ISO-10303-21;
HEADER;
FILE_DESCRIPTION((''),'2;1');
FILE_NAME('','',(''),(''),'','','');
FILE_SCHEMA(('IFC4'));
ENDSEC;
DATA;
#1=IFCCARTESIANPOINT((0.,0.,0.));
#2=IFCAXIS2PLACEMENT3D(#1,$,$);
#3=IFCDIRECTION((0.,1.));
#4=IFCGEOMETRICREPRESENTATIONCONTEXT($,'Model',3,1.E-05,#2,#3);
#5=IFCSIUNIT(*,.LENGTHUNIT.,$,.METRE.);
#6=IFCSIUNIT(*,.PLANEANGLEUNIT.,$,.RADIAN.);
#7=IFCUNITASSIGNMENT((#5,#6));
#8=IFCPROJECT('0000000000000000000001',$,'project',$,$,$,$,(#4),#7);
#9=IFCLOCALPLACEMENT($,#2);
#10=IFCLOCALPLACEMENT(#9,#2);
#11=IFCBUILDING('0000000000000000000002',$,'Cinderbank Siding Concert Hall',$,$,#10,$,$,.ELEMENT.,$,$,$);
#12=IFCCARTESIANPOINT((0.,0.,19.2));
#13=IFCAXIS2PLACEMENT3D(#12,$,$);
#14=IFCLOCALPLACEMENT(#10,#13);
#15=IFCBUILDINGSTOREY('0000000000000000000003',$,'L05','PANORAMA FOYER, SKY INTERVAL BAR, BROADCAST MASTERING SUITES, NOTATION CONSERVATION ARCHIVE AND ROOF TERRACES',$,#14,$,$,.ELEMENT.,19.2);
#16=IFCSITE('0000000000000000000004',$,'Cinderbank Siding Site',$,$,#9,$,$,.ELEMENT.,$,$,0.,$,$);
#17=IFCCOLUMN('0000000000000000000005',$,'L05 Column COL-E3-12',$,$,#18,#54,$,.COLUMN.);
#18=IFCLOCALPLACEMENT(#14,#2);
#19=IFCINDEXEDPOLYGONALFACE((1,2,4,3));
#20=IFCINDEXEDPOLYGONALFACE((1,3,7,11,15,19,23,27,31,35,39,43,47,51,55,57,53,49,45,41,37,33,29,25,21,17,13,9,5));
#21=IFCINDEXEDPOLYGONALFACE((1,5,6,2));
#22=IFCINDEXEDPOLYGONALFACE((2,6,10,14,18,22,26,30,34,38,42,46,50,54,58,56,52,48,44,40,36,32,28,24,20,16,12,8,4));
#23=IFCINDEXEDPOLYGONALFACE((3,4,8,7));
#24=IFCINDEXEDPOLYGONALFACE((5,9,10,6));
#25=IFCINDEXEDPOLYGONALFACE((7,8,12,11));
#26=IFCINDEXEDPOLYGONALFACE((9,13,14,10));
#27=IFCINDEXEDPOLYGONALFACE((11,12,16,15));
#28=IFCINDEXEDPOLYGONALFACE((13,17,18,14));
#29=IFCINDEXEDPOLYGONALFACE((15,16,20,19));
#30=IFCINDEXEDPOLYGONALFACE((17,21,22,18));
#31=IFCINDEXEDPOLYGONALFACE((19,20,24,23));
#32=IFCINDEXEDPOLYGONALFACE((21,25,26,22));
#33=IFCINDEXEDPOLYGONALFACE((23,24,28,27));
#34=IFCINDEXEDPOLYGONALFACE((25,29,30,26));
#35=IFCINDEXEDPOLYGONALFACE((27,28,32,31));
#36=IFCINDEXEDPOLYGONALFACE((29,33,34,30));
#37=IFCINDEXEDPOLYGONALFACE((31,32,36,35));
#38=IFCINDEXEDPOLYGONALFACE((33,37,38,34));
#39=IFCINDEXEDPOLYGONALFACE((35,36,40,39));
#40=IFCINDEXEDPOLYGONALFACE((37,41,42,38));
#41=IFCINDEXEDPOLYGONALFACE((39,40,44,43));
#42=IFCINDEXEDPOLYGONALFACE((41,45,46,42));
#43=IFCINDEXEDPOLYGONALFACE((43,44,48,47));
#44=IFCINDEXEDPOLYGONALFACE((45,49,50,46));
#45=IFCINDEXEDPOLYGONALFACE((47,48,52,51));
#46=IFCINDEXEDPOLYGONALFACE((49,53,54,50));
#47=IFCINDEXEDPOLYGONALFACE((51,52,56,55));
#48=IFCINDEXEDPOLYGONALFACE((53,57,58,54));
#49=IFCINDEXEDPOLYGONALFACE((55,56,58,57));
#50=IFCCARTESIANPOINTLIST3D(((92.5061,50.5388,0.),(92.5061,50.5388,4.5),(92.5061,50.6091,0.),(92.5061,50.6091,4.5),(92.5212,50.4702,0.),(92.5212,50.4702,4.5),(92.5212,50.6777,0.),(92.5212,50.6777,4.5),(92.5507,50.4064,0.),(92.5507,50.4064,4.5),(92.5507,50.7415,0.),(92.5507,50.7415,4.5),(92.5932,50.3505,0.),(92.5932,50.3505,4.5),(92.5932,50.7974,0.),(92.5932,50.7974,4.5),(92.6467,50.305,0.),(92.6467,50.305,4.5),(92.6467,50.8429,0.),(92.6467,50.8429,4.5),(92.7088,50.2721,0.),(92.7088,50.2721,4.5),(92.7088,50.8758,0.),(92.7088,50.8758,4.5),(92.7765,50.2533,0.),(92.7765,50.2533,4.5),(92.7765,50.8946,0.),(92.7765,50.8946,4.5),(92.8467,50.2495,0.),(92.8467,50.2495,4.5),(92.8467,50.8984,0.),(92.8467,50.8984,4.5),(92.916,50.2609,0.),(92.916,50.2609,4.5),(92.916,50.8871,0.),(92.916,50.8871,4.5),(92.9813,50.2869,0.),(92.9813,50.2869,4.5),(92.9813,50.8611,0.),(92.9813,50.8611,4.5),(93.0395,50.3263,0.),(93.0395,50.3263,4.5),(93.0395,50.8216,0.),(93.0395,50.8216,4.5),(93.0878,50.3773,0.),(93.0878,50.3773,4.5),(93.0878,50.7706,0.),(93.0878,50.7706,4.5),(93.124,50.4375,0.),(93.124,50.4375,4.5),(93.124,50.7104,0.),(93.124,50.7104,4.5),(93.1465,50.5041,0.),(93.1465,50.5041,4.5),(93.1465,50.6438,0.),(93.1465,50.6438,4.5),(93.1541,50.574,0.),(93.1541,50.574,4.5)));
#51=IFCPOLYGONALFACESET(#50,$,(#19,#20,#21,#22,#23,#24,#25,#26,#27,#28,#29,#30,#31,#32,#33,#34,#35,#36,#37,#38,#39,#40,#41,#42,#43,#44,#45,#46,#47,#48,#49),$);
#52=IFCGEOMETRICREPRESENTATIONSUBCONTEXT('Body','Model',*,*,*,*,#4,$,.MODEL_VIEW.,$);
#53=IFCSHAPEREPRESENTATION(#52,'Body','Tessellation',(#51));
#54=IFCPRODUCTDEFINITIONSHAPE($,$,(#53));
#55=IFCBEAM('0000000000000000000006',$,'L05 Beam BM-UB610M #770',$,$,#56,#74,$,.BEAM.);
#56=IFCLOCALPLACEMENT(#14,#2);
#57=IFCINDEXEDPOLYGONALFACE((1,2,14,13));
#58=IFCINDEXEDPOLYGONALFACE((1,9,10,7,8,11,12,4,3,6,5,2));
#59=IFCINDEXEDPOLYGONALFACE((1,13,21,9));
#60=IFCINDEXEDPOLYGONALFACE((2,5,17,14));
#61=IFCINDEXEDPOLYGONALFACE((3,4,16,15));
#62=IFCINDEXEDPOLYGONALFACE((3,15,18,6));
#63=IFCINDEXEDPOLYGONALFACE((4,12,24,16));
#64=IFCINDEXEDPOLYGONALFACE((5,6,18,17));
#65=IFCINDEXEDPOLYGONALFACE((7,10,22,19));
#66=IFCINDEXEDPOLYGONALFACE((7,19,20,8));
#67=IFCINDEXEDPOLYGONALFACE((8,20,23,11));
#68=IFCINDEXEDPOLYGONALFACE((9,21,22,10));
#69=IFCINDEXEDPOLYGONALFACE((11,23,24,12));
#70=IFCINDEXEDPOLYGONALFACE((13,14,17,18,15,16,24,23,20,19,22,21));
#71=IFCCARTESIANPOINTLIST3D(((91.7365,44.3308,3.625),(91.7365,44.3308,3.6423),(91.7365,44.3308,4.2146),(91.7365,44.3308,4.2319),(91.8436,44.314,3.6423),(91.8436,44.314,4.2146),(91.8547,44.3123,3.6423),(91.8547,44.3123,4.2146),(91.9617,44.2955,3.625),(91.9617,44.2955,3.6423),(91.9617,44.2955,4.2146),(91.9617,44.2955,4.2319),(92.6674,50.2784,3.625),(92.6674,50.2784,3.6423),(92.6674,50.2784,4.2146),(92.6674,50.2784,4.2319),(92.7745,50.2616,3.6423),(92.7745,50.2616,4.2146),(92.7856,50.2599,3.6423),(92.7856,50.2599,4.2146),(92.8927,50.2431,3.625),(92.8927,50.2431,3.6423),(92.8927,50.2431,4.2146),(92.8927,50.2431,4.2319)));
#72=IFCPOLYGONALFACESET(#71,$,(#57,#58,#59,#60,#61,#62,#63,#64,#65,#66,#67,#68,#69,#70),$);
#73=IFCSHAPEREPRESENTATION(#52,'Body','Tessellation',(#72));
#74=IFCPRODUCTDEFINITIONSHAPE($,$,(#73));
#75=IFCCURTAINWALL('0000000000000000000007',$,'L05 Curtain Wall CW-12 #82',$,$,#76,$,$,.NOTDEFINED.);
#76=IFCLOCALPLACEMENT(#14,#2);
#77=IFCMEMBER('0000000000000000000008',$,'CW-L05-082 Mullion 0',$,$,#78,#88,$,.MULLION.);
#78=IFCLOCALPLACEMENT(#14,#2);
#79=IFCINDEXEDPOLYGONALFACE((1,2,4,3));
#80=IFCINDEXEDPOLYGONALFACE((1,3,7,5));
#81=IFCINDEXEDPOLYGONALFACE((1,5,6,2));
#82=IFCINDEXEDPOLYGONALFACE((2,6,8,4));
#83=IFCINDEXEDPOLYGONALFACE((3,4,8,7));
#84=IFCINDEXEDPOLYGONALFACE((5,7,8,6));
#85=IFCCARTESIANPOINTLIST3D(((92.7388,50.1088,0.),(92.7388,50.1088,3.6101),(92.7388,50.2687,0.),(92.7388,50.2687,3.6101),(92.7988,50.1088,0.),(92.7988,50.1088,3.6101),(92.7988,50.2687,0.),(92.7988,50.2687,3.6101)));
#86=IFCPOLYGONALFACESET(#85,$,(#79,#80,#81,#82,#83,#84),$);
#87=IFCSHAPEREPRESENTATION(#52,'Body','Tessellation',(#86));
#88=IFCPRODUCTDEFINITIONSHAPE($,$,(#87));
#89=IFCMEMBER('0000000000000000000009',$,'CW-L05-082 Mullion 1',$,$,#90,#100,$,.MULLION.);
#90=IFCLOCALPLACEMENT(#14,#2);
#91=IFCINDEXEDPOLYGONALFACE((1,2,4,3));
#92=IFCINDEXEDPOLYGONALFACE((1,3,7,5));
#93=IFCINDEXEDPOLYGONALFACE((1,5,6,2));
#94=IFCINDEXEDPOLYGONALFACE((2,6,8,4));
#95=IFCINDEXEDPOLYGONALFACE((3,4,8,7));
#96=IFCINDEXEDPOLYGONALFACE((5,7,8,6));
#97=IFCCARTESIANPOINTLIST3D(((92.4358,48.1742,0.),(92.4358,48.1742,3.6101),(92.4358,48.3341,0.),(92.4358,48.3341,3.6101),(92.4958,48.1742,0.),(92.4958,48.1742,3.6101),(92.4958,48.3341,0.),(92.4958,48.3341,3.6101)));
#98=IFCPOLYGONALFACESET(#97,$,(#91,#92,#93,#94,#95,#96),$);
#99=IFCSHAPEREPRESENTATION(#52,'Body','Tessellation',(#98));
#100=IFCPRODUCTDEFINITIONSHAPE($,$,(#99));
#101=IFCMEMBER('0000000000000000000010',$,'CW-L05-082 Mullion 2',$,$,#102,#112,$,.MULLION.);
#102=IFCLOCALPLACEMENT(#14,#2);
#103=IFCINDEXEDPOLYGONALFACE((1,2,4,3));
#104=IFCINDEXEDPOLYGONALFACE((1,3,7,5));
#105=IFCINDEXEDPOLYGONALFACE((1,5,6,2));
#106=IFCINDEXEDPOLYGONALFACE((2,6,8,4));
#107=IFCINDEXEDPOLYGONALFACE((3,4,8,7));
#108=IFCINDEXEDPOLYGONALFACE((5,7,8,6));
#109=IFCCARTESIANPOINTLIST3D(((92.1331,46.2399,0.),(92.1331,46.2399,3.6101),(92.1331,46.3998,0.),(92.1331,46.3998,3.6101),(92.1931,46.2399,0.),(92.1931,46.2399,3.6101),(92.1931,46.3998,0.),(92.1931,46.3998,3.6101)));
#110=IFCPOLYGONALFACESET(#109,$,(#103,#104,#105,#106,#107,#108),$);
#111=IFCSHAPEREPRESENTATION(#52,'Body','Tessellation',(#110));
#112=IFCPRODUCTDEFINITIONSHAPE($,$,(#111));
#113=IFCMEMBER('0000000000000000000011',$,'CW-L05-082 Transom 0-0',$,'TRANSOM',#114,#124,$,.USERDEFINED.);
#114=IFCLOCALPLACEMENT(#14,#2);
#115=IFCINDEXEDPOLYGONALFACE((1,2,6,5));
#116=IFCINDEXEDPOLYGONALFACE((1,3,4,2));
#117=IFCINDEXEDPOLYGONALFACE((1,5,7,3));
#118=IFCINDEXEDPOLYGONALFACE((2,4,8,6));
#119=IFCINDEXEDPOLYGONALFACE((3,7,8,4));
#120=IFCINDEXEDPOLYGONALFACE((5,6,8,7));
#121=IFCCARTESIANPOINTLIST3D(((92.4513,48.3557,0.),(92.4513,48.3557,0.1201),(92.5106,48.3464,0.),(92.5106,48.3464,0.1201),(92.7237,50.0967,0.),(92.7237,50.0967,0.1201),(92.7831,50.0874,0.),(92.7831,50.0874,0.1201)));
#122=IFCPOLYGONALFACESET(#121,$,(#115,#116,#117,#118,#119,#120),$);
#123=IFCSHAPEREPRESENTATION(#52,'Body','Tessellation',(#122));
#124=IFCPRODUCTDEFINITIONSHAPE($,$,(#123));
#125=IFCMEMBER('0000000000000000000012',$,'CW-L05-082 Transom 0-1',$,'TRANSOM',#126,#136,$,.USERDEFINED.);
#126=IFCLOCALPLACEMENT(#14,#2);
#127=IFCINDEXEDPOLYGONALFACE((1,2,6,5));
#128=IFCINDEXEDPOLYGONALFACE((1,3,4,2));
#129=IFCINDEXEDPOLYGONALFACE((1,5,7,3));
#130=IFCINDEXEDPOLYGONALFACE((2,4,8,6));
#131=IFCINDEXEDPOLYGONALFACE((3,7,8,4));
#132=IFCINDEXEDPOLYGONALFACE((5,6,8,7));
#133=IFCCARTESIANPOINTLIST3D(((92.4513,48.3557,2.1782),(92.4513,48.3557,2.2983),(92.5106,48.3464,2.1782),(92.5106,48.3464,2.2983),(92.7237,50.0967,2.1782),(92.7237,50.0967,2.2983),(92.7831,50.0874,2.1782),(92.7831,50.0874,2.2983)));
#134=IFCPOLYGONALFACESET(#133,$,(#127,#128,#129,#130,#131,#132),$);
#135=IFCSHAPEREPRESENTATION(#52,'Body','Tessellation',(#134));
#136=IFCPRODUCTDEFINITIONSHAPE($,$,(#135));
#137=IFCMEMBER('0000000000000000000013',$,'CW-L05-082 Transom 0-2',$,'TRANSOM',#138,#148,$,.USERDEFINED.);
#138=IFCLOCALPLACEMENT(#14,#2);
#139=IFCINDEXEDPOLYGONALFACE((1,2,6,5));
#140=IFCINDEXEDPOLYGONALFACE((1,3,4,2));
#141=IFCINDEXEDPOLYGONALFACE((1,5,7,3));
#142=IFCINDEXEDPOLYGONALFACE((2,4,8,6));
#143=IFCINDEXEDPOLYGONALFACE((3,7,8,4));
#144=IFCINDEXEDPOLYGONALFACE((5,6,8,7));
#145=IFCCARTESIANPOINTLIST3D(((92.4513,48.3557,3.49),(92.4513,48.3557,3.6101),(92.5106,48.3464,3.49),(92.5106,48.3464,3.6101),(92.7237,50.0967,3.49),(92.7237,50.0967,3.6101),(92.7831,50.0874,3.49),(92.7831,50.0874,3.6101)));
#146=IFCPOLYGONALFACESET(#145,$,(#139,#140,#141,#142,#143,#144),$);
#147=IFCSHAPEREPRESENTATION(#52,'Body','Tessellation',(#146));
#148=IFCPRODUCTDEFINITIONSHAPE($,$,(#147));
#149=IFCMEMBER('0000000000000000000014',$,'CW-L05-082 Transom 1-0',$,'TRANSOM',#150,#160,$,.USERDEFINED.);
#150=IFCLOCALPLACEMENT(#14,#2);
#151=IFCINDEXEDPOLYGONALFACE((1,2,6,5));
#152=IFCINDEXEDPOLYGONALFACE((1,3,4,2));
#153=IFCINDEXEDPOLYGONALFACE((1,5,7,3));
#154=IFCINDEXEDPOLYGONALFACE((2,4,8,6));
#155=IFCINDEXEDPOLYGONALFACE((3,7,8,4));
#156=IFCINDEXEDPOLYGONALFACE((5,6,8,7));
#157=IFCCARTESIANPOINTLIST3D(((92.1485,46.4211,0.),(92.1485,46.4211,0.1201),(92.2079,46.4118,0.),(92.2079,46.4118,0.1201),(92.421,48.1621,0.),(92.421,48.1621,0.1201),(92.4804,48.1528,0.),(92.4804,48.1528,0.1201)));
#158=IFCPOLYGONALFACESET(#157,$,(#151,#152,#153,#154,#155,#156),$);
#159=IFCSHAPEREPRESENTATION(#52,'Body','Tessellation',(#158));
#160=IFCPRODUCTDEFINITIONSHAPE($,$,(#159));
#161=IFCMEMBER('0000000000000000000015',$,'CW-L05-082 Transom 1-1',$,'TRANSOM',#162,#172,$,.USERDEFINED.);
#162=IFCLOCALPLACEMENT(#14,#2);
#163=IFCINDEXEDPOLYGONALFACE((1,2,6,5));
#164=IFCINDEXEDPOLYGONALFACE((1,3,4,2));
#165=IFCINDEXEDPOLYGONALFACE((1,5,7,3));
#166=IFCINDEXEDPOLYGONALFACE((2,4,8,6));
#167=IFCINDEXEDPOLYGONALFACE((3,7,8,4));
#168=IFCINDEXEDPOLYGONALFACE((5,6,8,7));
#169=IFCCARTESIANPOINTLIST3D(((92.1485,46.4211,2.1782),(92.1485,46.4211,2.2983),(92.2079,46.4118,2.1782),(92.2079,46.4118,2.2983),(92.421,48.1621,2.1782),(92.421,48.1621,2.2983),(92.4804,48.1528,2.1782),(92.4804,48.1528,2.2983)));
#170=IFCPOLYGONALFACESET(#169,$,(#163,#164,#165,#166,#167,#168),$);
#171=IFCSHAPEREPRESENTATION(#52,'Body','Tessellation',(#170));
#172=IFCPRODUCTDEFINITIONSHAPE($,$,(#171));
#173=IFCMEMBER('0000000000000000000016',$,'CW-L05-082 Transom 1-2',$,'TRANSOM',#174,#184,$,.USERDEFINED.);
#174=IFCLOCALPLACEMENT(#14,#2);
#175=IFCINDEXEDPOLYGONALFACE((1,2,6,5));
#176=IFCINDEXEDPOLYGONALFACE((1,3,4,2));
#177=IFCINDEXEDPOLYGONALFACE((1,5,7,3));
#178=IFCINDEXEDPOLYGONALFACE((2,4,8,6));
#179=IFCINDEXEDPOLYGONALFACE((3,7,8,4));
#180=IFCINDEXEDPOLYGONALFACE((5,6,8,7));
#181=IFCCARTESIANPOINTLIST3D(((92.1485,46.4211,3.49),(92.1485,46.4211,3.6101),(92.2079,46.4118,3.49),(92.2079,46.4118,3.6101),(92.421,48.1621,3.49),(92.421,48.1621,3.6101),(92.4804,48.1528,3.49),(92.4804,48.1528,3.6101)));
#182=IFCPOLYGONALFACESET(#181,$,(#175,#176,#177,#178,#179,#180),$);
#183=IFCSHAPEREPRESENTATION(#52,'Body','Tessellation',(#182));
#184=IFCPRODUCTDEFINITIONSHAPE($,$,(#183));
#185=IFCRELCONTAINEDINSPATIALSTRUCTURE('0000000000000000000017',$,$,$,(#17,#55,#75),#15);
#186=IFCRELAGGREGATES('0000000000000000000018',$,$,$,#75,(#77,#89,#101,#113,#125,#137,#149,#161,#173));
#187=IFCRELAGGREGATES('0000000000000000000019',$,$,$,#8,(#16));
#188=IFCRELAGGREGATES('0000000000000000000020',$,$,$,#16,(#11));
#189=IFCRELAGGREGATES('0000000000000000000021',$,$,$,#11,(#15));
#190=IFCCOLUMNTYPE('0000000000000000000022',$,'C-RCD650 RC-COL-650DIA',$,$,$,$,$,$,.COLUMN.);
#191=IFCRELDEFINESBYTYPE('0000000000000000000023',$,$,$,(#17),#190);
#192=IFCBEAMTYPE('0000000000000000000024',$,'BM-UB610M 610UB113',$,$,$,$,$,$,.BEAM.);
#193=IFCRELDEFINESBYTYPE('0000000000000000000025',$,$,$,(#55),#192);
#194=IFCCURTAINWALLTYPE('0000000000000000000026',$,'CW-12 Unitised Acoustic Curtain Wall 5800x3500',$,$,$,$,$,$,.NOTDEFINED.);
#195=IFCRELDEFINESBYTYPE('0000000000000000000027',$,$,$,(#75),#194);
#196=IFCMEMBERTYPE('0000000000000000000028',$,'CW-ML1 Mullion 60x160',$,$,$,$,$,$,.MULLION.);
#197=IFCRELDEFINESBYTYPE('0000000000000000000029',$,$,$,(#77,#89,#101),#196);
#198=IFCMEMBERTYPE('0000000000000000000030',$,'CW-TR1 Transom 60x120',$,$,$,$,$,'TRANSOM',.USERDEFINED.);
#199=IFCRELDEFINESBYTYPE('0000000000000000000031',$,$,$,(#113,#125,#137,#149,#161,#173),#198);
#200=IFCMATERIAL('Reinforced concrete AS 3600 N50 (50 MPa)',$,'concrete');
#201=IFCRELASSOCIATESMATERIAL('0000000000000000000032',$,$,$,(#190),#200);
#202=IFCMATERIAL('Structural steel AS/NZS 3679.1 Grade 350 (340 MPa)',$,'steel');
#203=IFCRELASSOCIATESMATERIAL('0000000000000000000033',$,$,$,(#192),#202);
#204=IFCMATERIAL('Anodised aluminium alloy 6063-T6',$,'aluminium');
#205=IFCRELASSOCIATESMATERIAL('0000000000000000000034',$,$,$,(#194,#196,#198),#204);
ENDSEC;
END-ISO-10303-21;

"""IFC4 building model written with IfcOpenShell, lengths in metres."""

from ifc_helpers import new_model, si_unit, direction, frame, origin, origin_2d, place, context, subcontext, project, spatial, rectangle, circle, i_section, extrude, material, material_profile, profile_set, type_object, element, aggregate, save


model = new_model("IFC4")

# Units and contexts
model_context = context("Model", 3, precision=1e-05, world=origin(), true_north=direction((0.0, 1.0)))
body_context = subcontext(model_context, "Body", "Model", "MODEL_VIEW")
ifc_project = project(units=[si_unit("LENGTHUNIT", "METRE"), si_unit("PLANEANGLEUNIT", "RADIAN")], contexts=[model_context])

# Site, building, storey
site_placement = place(None, origin())
site = spatial("IfcSite", under=ifc_project, at=site_placement, Name="Cinderbank Siding Site", CompositionType="ELEMENT", RefElevation=0.0)
building_placement = place(site_placement, origin())
building = spatial("IfcBuilding", under=site, at=building_placement, Name="Cinderbank Siding Concert Hall", CompositionType="ELEMENT")
storey_placement = place(building_placement, frame((0.0, 0.0, 19.2)))
storey = spatial("IfcBuildingStorey", under=building, at=storey_placement, Name="L05", Description="PANORAMA FOYER, SKY INTERVAL BAR, BROADCAST MASTERING SUITES, NOTATION CONSERVATION ARCHIVE AND ROOF TERRACES", CompositionType="ELEMENT", Elevation=19.2)

# Column
ifc_material_1 = material(Name="Reinforced concrete AS 3600 N50 (50 MPa)", Category="concrete")
ifc_material_profile_1 = material_profile(ifc_material_1, circle(Radius=0.325, at=origin_2d()), Name="RC-COL-650DIA", Category="LoadBearing")
ifc_profile_set_1 = profile_set([ifc_material_profile_1], Name="Reinforced concrete AS 3600 N50 (50 MPa)")
column_type = type_object("IfcColumnType", Name="C-RCD650 RC-COL-650DIA", PredefinedType="COLUMN", material=ifc_profile_set_1)
column_placement = place(storey_placement, frame((92.8291, 50.574, 0.0), z_axis=(0.0, 0.0, 1.0), x_axis=(1.0, 0.0, 0.0)))
element("IfcColumn", 1, at=column_placement, inside=storey, type_object=column_type, Name="L05 Column COL-E3-12", PredefinedType="COLUMN", context=body_context, shape_type="SweptSolid", body=[
    extrude(circle(Radius=0.325, at=origin_2d()), origin(), (0.0, 0.0, 1.0), 4.5),
])

# Beam
ifc_material_2 = material(Name="Structural steel AS/NZS 3679.1 Grade 350 (340 MPa)", Category="steel")
ifc_material_profile_2 = material_profile(ifc_material_2, i_section(OverallWidth=0.228, OverallDepth=0.6069, WebThickness=0.0112, FlangeThickness=0.0173, at=origin_2d()), Name="610UB113", Category="LoadBearing")
ifc_profile_set_2 = profile_set([ifc_material_profile_2], Name="Structural steel AS/NZS 3679.1 Grade 350 (340 MPa)")
beam_type = type_object("IfcBeamType", Name="BM-UB610M 610UB113", PredefinedType="BEAM", material=ifc_profile_set_2)
beam_placement = place(storey_placement, frame((92.78, 50.2607, 3.9285), z_axis=(-0.154638, -0.987971, 0.0), x_axis=(0.987971, -0.154638, 0.0)))
element("IfcBeam", 2, at=beam_placement, inside=storey, type_object=beam_type, Name="L05 Beam BM-UB610M #770", PredefinedType="BEAM", context=body_context, shape_type="SweptSolid", body=[
    extrude(i_section(OverallWidth=0.228, OverallDepth=0.6069, WebThickness=0.0112, FlangeThickness=0.0173, at=origin_2d()), origin(), (0.0, 0.0, 1.0), 6.02),
])

# Curtain wall, members
ifc_material_3 = material(Name="Anodised aluminium alloy 6063-T6", Category="aluminium")
curtain_wall_type = type_object("IfcCurtainWallType", Name="CW-12 Unitised Acoustic Curtain Wall 5800x3500", PredefinedType="NOTDEFINED", material=ifc_material_3)
curtain_wall_placement = place(storey_placement, origin())
curtain_wall = element("IfcCurtainWall", 3, at=curtain_wall_placement, inside=storey, type_object=curtain_wall_type, Name="L05 Curtain Wall CW-12 #82", PredefinedType="NOTDEFINED")
ifc_material_profile_3 = material_profile(ifc_material_3, rectangle(XDim=0.0601, YDim=0.1599, at=origin_2d()), Name="ALU-MULL-60x160", Category="LoadBearing")
ifc_profile_set_3 = profile_set([ifc_material_profile_3], Name="Anodised aluminium alloy 6063-T6")
member_type_1 = type_object("IfcMemberType", Name="CW-ML1 Mullion 60x160", PredefinedType="MULLION", material=ifc_profile_set_3)
member_1_placement = place(storey_placement, frame((92.7688, 50.1887, 0.0), z_axis=(0.0, 0.0, 1.0), x_axis=(1.0, 0.0, 0.0)))
member_1 = element("IfcMember", 4, at=member_1_placement, type_object=member_type_1, Name="CW-L05-082 Mullion 0", PredefinedType="MULLION", context=body_context, shape_type="SweptSolid", body=[
    extrude(rectangle(XDim=0.0601, YDim=0.1599, at=origin_2d()), origin(), (0.0, 0.0, 1.0), 3.6101),
])
member_2_placement = place(storey_placement, frame((92.4658, 48.2542, 0.0), z_axis=(0.0, 0.0, 1.0), x_axis=(1.0, 0.0, 0.0)))
member_2 = element("IfcMember", 5, at=member_2_placement, type_object=member_type_1, Name="CW-L05-082 Mullion 1", PredefinedType="MULLION", context=body_context, shape_type="SweptSolid", body=[
    extrude(rectangle(XDim=0.0601, YDim=0.1599, at=origin_2d()), origin(), (0.0, 0.0, 1.0), 3.6101),
])
member_3_placement = place(storey_placement, frame((92.1631, 46.3198, 0.0), z_axis=(0.0, 0.0, 1.0), x_axis=(1.0, 0.0, 0.0)))
member_3 = element("IfcMember", 6, at=member_3_placement, type_object=member_type_1, Name="CW-L05-082 Mullion 2", PredefinedType="MULLION", context=body_context, shape_type="SweptSolid", body=[
    extrude(rectangle(XDim=0.0601, YDim=0.1599, at=origin_2d()), origin(), (0.0, 0.0, 1.0), 3.6101),
])
ifc_material_profile_4 = material_profile(ifc_material_3, rectangle(XDim=0.0601, YDim=0.1201, at=origin_2d()), Name="ALU-TRAN-60x120", Category="LoadBearing")
ifc_profile_set_4 = profile_set([ifc_material_profile_4], Name="Anodised aluminium alloy 6063-T6")
member_type_2 = type_object("IfcMemberType", Name="CW-TR1 Transom 60x120", ElementType="TRANSOM", PredefinedType="USERDEFINED", material=ifc_profile_set_4)
member_4_placement = place(storey_placement, frame((92.7534, 50.092, 0.0601), z_axis=(-0.154618, -0.987974, 0.0), x_axis=(0.987974, -0.154618, 0.0)))
member_4 = element("IfcMember", 7, at=member_4_placement, type_object=member_type_2, Name="CW-L05-082 Transom 0-0", ObjectType="TRANSOM", PredefinedType="USERDEFINED", context=body_context, shape_type="SweptSolid", body=[
    extrude(rectangle(XDim=0.0601, YDim=0.1201, at=origin_2d()), origin(), (0.0, 0.0, 1.0), 1.7622),
])
member_5_placement = place(storey_placement, frame((92.7534, 50.092, 2.2383), z_axis=(-0.154618, -0.987974, 0.0), x_axis=(0.987974, -0.154618, 0.0)))
member_5 = element("IfcMember", 8, at=member_5_placement, type_object=member_type_2, Name="CW-L05-082 Transom 0-1", ObjectType="TRANSOM", PredefinedType="USERDEFINED", context=body_context, shape_type="SweptSolid", body=[
    extrude(rectangle(XDim=0.0601, YDim=0.1201, at=origin_2d()), origin(), (0.0, 0.0, 1.0), 1.7622),
])
member_6_placement = place(storey_placement, frame((92.7534, 50.092, 3.55), z_axis=(-0.154618, -0.987974, 0.0), x_axis=(0.987974, -0.154618, 0.0)))
member_6 = element("IfcMember", 9, at=member_6_placement, type_object=member_type_2, Name="CW-L05-082 Transom 0-2", ObjectType="TRANSOM", PredefinedType="USERDEFINED", context=body_context, shape_type="SweptSolid", body=[
    extrude(rectangle(XDim=0.0601, YDim=0.1201, at=origin_2d()), origin(), (0.0, 0.0, 1.0), 1.7622),
])
member_7_placement = place(storey_placement, frame((92.4507, 48.1575, 0.0601), z_axis=(-0.154618, -0.987974, 0.0), x_axis=(0.987974, -0.154618, 0.0)))
member_7 = element("IfcMember", 10, at=member_7_placement, type_object=member_type_2, Name="CW-L05-082 Transom 1-0", ObjectType="TRANSOM", PredefinedType="USERDEFINED", context=body_context, shape_type="SweptSolid", body=[
    extrude(rectangle(XDim=0.0601, YDim=0.1201, at=origin_2d()), origin(), (0.0, 0.0, 1.0), 1.7622),
])
member_8_placement = place(storey_placement, frame((92.4507, 48.1575, 2.2383), z_axis=(-0.154618, -0.987974, 0.0), x_axis=(0.987974, -0.154618, 0.0)))
member_8 = element("IfcMember", 11, at=member_8_placement, type_object=member_type_2, Name="CW-L05-082 Transom 1-1", ObjectType="TRANSOM", PredefinedType="USERDEFINED", context=body_context, shape_type="SweptSolid", body=[
    extrude(rectangle(XDim=0.0601, YDim=0.1201, at=origin_2d()), origin(), (0.0, 0.0, 1.0), 1.7622),
])
member_9_placement = place(storey_placement, frame((92.4507, 48.1575, 3.55), z_axis=(-0.154618, -0.987974, 0.0), x_axis=(0.987974, -0.154618, 0.0)))
member_9 = element("IfcMember", 12, at=member_9_placement, type_object=member_type_2, Name="CW-L05-082 Transom 1-2", ObjectType="TRANSOM", PredefinedType="USERDEFINED", context=body_context, shape_type="SweptSolid", body=[
    extrude(rectangle(XDim=0.0601, YDim=0.1201, at=origin_2d()), origin(), (0.0, 0.0, 1.0), 1.7622),
])
aggregate(curtain_wall, [member_1, member_2, member_3, member_4, member_5, member_6, member_7, member_8, member_9])

save(model, "model.ifc")
